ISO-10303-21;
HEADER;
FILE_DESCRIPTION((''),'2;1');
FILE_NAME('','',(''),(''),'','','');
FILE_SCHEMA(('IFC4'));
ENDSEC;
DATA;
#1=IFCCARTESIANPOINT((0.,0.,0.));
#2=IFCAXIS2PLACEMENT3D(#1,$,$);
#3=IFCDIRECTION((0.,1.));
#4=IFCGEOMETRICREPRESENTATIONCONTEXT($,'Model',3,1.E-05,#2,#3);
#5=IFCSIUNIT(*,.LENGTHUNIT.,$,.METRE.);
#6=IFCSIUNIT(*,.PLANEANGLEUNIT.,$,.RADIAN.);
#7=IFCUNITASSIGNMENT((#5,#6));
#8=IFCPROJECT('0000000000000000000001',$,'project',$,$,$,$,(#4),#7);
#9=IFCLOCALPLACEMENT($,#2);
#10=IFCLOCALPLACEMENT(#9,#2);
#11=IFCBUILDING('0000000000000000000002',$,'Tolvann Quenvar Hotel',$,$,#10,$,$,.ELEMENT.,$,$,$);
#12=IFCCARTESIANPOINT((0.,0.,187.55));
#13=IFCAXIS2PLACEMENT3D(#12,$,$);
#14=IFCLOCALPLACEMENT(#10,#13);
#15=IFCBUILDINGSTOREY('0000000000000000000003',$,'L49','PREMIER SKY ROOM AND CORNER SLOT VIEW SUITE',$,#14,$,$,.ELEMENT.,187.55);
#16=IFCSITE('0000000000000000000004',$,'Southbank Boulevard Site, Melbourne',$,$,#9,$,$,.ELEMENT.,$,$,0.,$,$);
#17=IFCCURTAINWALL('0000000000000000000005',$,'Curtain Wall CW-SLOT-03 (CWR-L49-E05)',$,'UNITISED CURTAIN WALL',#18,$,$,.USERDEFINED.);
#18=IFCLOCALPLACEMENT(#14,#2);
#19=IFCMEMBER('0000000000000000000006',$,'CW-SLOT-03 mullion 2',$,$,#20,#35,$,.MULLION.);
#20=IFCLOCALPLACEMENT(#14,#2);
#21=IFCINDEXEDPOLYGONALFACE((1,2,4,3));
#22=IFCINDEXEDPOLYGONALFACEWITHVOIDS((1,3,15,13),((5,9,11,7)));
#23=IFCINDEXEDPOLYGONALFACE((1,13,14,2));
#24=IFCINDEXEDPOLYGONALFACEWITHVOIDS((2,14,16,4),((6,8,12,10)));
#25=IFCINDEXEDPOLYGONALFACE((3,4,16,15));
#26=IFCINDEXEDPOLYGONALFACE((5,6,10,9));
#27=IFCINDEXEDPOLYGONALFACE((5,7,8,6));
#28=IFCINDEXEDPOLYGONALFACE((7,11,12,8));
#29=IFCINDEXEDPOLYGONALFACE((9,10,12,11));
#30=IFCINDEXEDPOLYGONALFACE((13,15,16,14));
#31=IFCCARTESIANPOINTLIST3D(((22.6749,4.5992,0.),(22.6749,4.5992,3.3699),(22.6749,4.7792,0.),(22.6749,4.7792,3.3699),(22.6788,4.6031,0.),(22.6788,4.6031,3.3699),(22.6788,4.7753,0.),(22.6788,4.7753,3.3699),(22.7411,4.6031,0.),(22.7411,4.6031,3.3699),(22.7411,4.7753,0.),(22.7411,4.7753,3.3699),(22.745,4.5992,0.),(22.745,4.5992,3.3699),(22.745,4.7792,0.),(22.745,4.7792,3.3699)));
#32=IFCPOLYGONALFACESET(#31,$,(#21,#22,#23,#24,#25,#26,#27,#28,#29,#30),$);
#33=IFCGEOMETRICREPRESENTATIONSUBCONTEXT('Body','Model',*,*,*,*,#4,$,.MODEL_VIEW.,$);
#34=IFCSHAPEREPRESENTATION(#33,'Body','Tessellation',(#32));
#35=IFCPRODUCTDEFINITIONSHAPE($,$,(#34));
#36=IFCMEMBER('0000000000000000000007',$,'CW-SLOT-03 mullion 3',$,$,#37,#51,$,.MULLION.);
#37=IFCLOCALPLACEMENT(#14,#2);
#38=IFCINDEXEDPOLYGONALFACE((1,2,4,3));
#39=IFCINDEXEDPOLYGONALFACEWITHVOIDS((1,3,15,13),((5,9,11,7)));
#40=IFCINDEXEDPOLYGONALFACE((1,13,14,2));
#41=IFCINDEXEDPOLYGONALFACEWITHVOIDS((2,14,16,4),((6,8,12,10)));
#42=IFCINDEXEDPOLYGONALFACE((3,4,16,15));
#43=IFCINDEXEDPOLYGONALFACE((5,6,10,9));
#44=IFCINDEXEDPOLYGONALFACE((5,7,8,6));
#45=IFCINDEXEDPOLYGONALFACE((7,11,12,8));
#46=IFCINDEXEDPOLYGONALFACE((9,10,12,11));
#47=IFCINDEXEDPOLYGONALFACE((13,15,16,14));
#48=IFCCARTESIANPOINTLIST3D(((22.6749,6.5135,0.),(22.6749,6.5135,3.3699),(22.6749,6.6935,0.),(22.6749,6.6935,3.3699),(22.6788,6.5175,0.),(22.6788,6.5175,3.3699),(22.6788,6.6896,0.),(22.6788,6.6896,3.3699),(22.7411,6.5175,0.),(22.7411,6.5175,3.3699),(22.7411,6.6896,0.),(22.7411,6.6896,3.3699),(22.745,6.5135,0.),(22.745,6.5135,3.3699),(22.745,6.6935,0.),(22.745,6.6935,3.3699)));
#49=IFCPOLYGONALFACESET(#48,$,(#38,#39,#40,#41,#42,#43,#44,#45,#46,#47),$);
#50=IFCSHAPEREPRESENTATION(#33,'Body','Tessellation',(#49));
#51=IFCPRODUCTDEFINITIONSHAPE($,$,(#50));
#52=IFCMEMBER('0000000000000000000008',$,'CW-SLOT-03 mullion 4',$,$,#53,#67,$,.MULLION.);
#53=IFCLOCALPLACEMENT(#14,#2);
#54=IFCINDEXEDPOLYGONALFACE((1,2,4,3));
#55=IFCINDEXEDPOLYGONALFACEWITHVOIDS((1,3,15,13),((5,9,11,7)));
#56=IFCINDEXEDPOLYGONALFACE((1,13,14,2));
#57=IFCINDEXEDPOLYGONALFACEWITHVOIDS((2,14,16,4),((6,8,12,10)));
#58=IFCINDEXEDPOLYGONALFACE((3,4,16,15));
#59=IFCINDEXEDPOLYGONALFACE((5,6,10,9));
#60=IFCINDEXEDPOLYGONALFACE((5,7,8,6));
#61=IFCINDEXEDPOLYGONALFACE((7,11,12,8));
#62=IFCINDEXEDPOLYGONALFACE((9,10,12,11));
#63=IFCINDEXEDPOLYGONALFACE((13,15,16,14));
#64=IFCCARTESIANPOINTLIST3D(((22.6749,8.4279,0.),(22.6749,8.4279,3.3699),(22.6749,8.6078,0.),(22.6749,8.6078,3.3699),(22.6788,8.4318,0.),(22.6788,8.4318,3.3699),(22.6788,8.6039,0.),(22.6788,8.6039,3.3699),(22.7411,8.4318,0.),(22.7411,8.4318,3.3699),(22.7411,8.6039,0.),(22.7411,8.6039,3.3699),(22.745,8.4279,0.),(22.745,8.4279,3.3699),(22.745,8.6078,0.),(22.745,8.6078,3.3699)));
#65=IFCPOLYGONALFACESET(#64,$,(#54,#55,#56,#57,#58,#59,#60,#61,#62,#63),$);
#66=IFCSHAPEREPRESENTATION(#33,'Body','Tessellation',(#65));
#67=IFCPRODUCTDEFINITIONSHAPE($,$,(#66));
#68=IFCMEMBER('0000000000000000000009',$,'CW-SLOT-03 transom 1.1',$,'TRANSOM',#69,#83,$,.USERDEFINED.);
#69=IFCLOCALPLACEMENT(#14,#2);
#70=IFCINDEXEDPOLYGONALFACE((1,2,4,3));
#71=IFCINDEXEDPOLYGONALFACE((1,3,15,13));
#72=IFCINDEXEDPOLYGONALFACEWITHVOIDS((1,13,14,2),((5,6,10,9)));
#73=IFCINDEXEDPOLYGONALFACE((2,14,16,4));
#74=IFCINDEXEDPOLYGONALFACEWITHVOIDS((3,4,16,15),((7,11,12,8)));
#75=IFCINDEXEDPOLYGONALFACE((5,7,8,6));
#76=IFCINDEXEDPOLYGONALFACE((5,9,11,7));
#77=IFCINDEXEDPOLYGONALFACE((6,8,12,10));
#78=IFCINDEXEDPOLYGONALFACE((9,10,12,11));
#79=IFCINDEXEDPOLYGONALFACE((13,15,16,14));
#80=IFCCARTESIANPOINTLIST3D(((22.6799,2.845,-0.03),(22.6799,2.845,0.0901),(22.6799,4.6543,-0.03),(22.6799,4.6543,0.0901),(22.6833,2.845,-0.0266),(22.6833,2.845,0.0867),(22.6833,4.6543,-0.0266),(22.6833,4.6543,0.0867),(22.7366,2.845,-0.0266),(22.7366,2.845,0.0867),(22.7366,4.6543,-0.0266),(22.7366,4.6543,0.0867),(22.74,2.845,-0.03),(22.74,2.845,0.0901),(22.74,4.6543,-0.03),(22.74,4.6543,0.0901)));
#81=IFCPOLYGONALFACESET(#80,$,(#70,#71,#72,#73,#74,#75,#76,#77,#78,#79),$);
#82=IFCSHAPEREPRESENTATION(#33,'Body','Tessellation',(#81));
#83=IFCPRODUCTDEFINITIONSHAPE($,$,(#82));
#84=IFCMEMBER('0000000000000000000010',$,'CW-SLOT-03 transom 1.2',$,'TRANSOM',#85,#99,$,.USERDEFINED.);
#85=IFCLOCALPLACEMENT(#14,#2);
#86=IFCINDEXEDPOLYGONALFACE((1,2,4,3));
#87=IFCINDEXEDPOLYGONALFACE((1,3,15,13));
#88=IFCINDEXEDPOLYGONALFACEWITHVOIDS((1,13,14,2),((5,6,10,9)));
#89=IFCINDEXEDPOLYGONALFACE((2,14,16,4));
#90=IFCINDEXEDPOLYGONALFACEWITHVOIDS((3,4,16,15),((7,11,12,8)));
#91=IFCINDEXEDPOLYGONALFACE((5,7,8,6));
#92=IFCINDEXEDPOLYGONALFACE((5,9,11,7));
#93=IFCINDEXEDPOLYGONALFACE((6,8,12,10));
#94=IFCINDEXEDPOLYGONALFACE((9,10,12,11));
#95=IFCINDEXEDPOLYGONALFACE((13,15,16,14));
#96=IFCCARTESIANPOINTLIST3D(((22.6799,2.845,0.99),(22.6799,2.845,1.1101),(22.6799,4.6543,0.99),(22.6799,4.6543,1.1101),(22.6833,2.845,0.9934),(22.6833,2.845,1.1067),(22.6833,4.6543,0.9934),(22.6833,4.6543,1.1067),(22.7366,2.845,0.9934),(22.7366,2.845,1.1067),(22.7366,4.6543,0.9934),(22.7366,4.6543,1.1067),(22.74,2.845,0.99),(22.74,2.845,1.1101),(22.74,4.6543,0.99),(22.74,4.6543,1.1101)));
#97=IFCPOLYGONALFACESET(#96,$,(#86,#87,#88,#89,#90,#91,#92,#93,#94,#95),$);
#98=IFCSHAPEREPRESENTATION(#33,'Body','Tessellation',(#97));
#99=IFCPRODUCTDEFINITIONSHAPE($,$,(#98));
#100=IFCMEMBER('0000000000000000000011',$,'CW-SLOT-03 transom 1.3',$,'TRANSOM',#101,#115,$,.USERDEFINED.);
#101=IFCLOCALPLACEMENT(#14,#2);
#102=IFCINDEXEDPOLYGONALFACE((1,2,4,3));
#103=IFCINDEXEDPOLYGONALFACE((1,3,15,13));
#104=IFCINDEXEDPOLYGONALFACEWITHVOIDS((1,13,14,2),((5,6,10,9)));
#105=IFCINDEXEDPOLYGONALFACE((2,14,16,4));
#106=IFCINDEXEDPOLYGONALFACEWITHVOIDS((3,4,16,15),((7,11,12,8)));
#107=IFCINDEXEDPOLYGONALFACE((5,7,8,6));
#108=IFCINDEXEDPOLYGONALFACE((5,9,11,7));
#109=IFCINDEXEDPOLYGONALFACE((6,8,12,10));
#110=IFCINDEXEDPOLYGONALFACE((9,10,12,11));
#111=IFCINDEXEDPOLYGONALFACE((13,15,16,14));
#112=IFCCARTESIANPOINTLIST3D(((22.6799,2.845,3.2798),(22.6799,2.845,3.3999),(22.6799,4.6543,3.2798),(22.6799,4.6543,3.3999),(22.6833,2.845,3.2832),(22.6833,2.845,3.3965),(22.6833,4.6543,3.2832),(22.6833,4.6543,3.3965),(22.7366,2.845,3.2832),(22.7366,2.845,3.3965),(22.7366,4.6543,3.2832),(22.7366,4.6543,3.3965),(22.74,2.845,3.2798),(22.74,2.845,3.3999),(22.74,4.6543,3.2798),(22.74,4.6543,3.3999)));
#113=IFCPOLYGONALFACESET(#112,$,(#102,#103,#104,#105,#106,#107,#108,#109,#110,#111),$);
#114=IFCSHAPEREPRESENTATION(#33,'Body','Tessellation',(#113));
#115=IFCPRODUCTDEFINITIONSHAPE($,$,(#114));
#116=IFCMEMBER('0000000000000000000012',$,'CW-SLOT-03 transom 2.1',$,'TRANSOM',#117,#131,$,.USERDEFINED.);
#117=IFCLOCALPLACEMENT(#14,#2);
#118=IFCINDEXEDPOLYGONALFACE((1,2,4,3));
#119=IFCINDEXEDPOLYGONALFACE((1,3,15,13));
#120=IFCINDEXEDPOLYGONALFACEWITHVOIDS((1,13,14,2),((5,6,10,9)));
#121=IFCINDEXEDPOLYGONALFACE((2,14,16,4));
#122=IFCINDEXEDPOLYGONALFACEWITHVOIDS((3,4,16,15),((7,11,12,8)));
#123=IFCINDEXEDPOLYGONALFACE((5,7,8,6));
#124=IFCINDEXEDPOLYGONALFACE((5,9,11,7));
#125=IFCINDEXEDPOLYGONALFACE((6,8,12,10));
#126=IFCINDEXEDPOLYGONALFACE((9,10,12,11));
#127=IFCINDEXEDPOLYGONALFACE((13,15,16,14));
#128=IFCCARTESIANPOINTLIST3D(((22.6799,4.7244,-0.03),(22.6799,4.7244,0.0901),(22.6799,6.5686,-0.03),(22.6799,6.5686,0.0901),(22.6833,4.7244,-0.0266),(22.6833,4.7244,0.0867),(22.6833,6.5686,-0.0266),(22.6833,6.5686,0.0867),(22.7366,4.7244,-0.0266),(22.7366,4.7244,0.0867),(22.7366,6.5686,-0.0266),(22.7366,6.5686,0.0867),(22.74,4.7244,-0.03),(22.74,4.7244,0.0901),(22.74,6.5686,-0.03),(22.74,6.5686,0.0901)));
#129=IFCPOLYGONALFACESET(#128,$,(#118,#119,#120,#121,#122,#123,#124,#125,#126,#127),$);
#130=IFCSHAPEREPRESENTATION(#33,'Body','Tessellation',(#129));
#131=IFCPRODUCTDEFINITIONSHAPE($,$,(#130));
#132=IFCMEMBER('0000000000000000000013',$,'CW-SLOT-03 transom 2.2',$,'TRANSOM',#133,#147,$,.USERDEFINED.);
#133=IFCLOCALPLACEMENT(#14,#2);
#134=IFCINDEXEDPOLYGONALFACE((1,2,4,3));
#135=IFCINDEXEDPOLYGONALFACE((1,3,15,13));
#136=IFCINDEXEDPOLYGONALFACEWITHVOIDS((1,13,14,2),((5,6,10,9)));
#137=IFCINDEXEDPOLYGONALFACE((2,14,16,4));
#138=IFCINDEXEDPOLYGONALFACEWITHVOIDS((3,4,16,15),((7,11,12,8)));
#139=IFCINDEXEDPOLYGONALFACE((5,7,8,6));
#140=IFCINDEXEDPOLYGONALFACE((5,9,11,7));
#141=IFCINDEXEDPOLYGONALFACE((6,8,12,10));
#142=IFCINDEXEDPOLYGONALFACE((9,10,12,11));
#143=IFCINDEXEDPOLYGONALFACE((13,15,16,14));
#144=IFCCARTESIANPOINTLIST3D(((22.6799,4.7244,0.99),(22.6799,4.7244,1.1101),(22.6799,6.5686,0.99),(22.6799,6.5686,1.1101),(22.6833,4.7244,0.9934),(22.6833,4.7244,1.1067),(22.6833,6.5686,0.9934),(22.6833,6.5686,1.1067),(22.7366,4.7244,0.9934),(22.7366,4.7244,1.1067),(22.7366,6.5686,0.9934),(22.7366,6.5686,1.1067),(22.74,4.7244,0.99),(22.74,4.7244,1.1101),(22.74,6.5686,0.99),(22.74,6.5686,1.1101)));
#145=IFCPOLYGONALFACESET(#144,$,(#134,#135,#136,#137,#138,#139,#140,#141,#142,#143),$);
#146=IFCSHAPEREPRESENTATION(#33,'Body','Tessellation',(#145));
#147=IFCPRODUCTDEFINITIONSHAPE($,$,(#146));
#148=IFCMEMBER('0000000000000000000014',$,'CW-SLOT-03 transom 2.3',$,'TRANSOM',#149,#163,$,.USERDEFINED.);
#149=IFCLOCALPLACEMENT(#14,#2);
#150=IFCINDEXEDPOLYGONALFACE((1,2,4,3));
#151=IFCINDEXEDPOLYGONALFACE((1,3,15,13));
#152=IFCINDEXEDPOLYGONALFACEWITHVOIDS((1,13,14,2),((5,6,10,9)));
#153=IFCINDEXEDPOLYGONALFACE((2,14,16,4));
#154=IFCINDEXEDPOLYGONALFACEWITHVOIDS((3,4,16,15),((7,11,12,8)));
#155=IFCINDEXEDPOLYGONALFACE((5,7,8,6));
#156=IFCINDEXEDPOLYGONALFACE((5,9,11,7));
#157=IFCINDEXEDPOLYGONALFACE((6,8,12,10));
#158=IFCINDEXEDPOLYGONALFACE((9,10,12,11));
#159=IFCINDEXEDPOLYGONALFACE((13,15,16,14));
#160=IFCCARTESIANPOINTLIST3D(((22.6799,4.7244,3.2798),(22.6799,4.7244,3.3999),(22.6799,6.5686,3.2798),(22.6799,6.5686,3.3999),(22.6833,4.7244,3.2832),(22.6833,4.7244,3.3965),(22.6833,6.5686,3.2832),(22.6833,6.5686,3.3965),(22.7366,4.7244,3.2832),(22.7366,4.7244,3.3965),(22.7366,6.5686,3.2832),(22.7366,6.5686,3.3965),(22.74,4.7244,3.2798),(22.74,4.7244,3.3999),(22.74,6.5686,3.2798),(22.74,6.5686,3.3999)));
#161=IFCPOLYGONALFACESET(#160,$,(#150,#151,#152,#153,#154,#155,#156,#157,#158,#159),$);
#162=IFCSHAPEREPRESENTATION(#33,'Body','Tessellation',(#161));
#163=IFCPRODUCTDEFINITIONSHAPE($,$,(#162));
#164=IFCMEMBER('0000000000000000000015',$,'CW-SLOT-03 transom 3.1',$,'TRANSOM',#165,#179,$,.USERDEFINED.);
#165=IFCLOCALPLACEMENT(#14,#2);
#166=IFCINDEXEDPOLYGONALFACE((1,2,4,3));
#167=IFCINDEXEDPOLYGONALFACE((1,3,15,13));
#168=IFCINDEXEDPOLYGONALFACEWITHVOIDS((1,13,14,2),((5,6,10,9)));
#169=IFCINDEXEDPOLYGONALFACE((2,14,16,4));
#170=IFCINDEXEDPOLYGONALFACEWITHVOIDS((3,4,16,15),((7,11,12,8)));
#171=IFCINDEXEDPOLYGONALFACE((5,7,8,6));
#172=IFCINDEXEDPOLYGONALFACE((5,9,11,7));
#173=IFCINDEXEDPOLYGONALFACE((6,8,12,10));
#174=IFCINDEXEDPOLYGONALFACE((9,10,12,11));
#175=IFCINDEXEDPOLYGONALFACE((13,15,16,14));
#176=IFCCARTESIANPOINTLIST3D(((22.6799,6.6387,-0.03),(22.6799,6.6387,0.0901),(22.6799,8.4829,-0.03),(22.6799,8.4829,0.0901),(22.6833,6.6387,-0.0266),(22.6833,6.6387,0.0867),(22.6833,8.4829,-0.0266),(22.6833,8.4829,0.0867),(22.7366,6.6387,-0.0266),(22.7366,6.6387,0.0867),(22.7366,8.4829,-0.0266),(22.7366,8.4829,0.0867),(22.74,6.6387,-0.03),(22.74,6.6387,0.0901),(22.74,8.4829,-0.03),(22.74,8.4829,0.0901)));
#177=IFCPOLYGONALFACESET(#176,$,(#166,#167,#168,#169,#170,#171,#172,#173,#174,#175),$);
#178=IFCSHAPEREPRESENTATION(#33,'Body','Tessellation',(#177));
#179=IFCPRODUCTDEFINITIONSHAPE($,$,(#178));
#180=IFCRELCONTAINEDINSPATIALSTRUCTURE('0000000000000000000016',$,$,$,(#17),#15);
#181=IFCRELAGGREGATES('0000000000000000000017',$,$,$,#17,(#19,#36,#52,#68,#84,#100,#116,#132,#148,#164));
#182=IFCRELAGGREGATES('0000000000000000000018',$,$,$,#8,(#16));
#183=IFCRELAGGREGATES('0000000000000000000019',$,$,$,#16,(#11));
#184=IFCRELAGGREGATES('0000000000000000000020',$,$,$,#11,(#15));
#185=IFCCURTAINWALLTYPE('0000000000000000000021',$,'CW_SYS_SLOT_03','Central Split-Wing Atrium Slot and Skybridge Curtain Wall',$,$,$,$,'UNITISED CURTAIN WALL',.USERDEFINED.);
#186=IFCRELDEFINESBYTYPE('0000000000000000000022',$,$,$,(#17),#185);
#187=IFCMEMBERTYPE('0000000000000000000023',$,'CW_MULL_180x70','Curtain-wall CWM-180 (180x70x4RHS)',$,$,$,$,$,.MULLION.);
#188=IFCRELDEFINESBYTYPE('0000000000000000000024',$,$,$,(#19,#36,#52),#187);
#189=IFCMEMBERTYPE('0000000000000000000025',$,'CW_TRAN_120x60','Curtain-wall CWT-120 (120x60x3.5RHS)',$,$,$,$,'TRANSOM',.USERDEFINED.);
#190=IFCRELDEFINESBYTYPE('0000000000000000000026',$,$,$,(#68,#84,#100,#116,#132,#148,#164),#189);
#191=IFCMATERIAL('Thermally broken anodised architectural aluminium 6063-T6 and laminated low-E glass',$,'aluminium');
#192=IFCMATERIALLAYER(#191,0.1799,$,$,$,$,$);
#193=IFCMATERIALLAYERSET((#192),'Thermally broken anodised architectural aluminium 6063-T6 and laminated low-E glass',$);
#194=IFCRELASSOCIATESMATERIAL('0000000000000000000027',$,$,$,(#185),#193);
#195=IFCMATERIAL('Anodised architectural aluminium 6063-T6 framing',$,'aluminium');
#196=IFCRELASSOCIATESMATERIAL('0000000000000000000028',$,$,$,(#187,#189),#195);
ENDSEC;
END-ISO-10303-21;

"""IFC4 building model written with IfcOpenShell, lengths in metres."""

from ifc_helpers import new_model, si_unit, direction, frame, origin, origin_2d, place, context, subcontext, project, spatial, hollow_rectangle, extrude, source, transform, mapped, material, layer, layer_set, material_profile, profile_set, type_object, type_shapes, element, aggregate, save


model = new_model("IFC4")

# Units and contexts
model_context = context("Model", 3, precision=1e-05, world=origin(), true_north=direction((0.0, 1.0)))
body_context = subcontext(model_context, "Body", "Model", "MODEL_VIEW")
ifc_project = project(units=[si_unit("LENGTHUNIT", "METRE"), si_unit("PLANEANGLEUNIT", "RADIAN")], contexts=[model_context])

# Site, building, storey
site_placement = place(None, origin())
site = spatial("IfcSite", under=ifc_project, at=site_placement, Name="Southbank Boulevard Site, Melbourne", CompositionType="ELEMENT", RefElevation=0.0)
building_placement = place(site_placement, origin())
building = spatial("IfcBuilding", under=site, at=building_placement, Name="Tolvann Quenvar Hotel", CompositionType="ELEMENT")
storey_placement = place(building_placement, frame((0.0, 0.0, 187.55)))
storey = spatial("IfcBuildingStorey", under=building, at=storey_placement, Name="L49", Description="PREMIER SKY ROOM AND CORNER SLOT VIEW SUITE", CompositionType="ELEMENT", Elevation=187.55)

# Curtain wall, members
ifc_material_1 = material(Name="Thermally broken anodised architectural aluminium 6063-T6 and laminated low-E glass", Category="aluminium")
ifc_layer_1 = layer(ifc_material_1, 0.1799)
ifc_layer_set_1 = layer_set([ifc_layer_1], Name="Thermally broken anodised architectural aluminium 6063-T6 and laminated low-E glass")
curtain_wall_type = type_object("IfcCurtainWallType", Name="CW_SYS_SLOT_03", Description="Central Split-Wing Atrium Slot and Skybridge Curtain Wall", ElementType="UNITISED CURTAIN WALL", PredefinedType="USERDEFINED", material=ifc_layer_set_1)
curtain_wall_placement = place(storey_placement, origin())
curtain_wall = element("IfcCurtainWall", 1, at=curtain_wall_placement, inside=storey, type_object=curtain_wall_type, Name="Curtain Wall CW-SLOT-03 (CWR-L49-E05)", ObjectType="UNITISED CURTAIN WALL", PredefinedType="USERDEFINED")
ifc_material_2 = material(Name="Anodised architectural aluminium 6063-T6 framing", Category="aluminium")
ifc_material_profile_1 = material_profile(ifc_material_2, hollow_rectangle(XDim=0.0701, YDim=0.1799, WallThickness=0.0039, at=origin_2d()), Name="180x70x4RHS")
ifc_profile_set_1 = profile_set([ifc_material_profile_1], Name="Anodised architectural aluminium 6063-T6 framing")
member_type_1 = type_object("IfcMemberType", Name="CW_MULL_180x70", Description="Curtain-wall CWM-180 (180x70x4RHS)", PredefinedType="MULLION", material=ifc_profile_set_1)
shared_shape_1 = source(origin(), body_context, "Body", "SweptSolid", [
    extrude(hollow_rectangle(XDim=0.0701, YDim=0.1799, WallThickness=0.0039, at=origin_2d()), origin(), (0.0, 0.0, 1.0), 3.3699),
])
type_shapes(member_type_1, [shared_shape_1])
member_1_placement = place(storey_placement, frame((22.71, 4.6892, 0.0), z_axis=(0.0, 0.0, 1.0), x_axis=(-1.0, 0.0, 0.0)))
member_1 = element("IfcMember", 2, at=member_1_placement, type_object=member_type_1, Name="CW-SLOT-03 mullion 2", PredefinedType="MULLION", context=body_context, shape_type="MappedRepresentation", body=[
    mapped(shared_shape_1, transform((0.0, 0.0, 0.0), x_axis=(1.0, 0.0, 0.0), y_axis=(0.0, 1.0, 0.0), z_axis=(0.0, 0.0, 1.0), scale=1.0)),
])
member_2_placement = place(storey_placement, frame((22.71, 6.6035, 0.0), z_axis=(0.0, 0.0, 1.0), x_axis=(-1.0, 0.0, 0.0)))
member_2 = element("IfcMember", 3, at=member_2_placement, type_object=member_type_1, Name="CW-SLOT-03 mullion 3", PredefinedType="MULLION", context=body_context, shape_type="MappedRepresentation", body=[
    mapped(shared_shape_1, transform((0.0, 0.0, 0.0), x_axis=(1.0, 0.0, 0.0), y_axis=(0.0, 1.0, 0.0), z_axis=(0.0, 0.0, 1.0), scale=1.0)),
])
member_3_placement = place(storey_placement, frame((22.71, 8.5178, 0.0), z_axis=(0.0, 0.0, 1.0), x_axis=(-1.0, 0.0, 0.0)))
member_3 = element("IfcMember", 4, at=member_3_placement, type_object=member_type_1, Name="CW-SLOT-03 mullion 4", PredefinedType="MULLION", context=body_context, shape_type="MappedRepresentation", body=[
    mapped(shared_shape_1, transform((0.0, 0.0, 0.0), x_axis=(1.0, 0.0, 0.0), y_axis=(0.0, 1.0, 0.0), z_axis=(0.0, 0.0, 1.0), scale=1.0)),
])
ifc_material_profile_2 = material_profile(ifc_material_2, hollow_rectangle(XDim=0.0601, YDim=0.1201, WallThickness=0.0034, at=origin_2d()), Name="120x60x3.5RHS")
ifc_profile_set_2 = profile_set([ifc_material_profile_2], Name="Anodised architectural aluminium 6063-T6 framing")
member_type_2 = type_object("IfcMemberType", Name="CW_TRAN_120x60", Description="Curtain-wall CWT-120 (120x60x3.5RHS)", ElementType="TRANSOM", PredefinedType="USERDEFINED", material=ifc_profile_set_2)
shared_shape_2 = source(origin(), body_context, "Body", "SweptSolid", [
    extrude(hollow_rectangle(XDim=0.0601, YDim=0.1201, WallThickness=0.0034, at=origin_2d()), origin(), (0.0, 0.0, 1.0), 1.8093),
])
member_4_placement = place(storey_placement, frame((22.71, 2.845, 0.03), z_axis=(0.0, 1.0, 0.0), x_axis=(-1.0, 0.0, 0.0)))
member_4 = element("IfcMember", 5, at=member_4_placement, type_object=member_type_2, Name="CW-SLOT-03 transom 1.1", ObjectType="TRANSOM", PredefinedType="USERDEFINED", context=body_context, shape_type="MappedRepresentation", body=[
    mapped(shared_shape_2, transform((0.0, 0.0, 0.0), x_axis=(1.0, 0.0, 0.0), y_axis=(0.0, 1.0, 0.0), z_axis=(0.0, 0.0, 1.0), scale=1.0)),
])
member_5_placement = place(storey_placement, frame((22.71, 2.845, 1.05), z_axis=(0.0, 1.0, 0.0), x_axis=(-1.0, 0.0, 0.0)))
member_5 = element("IfcMember", 6, at=member_5_placement, type_object=member_type_2, Name="CW-SLOT-03 transom 1.2", ObjectType="TRANSOM", PredefinedType="USERDEFINED", context=body_context, shape_type="MappedRepresentation", body=[
    mapped(shared_shape_2, transform((0.0, 0.0, 0.0), x_axis=(1.0, 0.0, 0.0), y_axis=(0.0, 1.0, 0.0), z_axis=(0.0, 0.0, 1.0), scale=1.0)),
])
member_6_placement = place(storey_placement, frame((22.71, 2.845, 3.3398), z_axis=(0.0, 1.0, 0.0), x_axis=(-1.0, 0.0, 0.0)))
member_6 = element("IfcMember", 7, at=member_6_placement, type_object=member_type_2, Name="CW-SLOT-03 transom 1.3", ObjectType="TRANSOM", PredefinedType="USERDEFINED", context=body_context, shape_type="MappedRepresentation", body=[
    mapped(shared_shape_2, transform((0.0, 0.0, 0.0), x_axis=(1.0, 0.0, 0.0), y_axis=(0.0, 1.0, 0.0), z_axis=(0.0, 0.0, 1.0), scale=1.0)),
])
shared_shape_3 = source(origin(), body_context, "Body", "SweptSolid", [
    extrude(hollow_rectangle(XDim=0.0601, YDim=0.1201, WallThickness=0.0034, at=origin_2d()), origin(), (0.0, 0.0, 1.0), 1.8442),
])
type_shapes(member_type_2, [shared_shape_2, shared_shape_3])
member_7_placement = place(storey_placement, frame((22.71, 4.7244, 0.03), z_axis=(0.0, 1.0, 0.0), x_axis=(-1.0, 0.0, 0.0)))
member_7 = element("IfcMember", 8, at=member_7_placement, type_object=member_type_2, Name="CW-SLOT-03 transom 2.1", ObjectType="TRANSOM", PredefinedType="USERDEFINED", context=body_context, shape_type="MappedRepresentation", body=[
    mapped(shared_shape_3, transform((0.0, 0.0, 0.0), x_axis=(1.0, 0.0, 0.0), y_axis=(0.0, 1.0, 0.0), z_axis=(0.0, 0.0, 1.0), scale=1.0)),
])
member_8_placement = place(storey_placement, frame((22.71, 4.7244, 1.05), z_axis=(0.0, 1.0, 0.0), x_axis=(-1.0, 0.0, 0.0)))
member_8 = element("IfcMember", 9, at=member_8_placement, type_object=member_type_2, Name="CW-SLOT-03 transom 2.2", ObjectType="TRANSOM", PredefinedType="USERDEFINED", context=body_context, shape_type="MappedRepresentation", body=[
    mapped(shared_shape_3, transform((0.0, 0.0, 0.0), x_axis=(1.0, 0.0, 0.0), y_axis=(0.0, 1.0, 0.0), z_axis=(0.0, 0.0, 1.0), scale=1.0)),
])
member_9_placement = place(storey_placement, frame((22.71, 4.7244, 3.3398), z_axis=(0.0, 1.0, 0.0), x_axis=(-1.0, 0.0, 0.0)))
member_9 = element("IfcMember", 10, at=member_9_placement, type_object=member_type_2, Name="CW-SLOT-03 transom 2.3", ObjectType="TRANSOM", PredefinedType="USERDEFINED", context=body_context, shape_type="MappedRepresentation", body=[
    mapped(shared_shape_3, transform((0.0, 0.0, 0.0), x_axis=(1.0, 0.0, 0.0), y_axis=(0.0, 1.0, 0.0), z_axis=(0.0, 0.0, 1.0), scale=1.0)),
])
member_10_placement = place(storey_placement, frame((22.71, 6.6387, 0.03), z_axis=(0.0, 1.0, 0.0), x_axis=(-1.0, 0.0, 0.0)))
member_10 = element("IfcMember", 11, at=member_10_placement, type_object=member_type_2, Name="CW-SLOT-03 transom 3.1", ObjectType="TRANSOM", PredefinedType="USERDEFINED", context=body_context, shape_type="MappedRepresentation", body=[
    mapped(shared_shape_3, transform((0.0, 0.0, 0.0), x_axis=(1.0, 0.0, 0.0), y_axis=(0.0, 1.0, 0.0), z_axis=(0.0, 0.0, 1.0), scale=1.0)),
])
aggregate(curtain_wall, [member_1, member_2, member_3, member_4, member_5, member_6, member_7, member_8, member_9, member_10])

save(model, "model.ifc")
